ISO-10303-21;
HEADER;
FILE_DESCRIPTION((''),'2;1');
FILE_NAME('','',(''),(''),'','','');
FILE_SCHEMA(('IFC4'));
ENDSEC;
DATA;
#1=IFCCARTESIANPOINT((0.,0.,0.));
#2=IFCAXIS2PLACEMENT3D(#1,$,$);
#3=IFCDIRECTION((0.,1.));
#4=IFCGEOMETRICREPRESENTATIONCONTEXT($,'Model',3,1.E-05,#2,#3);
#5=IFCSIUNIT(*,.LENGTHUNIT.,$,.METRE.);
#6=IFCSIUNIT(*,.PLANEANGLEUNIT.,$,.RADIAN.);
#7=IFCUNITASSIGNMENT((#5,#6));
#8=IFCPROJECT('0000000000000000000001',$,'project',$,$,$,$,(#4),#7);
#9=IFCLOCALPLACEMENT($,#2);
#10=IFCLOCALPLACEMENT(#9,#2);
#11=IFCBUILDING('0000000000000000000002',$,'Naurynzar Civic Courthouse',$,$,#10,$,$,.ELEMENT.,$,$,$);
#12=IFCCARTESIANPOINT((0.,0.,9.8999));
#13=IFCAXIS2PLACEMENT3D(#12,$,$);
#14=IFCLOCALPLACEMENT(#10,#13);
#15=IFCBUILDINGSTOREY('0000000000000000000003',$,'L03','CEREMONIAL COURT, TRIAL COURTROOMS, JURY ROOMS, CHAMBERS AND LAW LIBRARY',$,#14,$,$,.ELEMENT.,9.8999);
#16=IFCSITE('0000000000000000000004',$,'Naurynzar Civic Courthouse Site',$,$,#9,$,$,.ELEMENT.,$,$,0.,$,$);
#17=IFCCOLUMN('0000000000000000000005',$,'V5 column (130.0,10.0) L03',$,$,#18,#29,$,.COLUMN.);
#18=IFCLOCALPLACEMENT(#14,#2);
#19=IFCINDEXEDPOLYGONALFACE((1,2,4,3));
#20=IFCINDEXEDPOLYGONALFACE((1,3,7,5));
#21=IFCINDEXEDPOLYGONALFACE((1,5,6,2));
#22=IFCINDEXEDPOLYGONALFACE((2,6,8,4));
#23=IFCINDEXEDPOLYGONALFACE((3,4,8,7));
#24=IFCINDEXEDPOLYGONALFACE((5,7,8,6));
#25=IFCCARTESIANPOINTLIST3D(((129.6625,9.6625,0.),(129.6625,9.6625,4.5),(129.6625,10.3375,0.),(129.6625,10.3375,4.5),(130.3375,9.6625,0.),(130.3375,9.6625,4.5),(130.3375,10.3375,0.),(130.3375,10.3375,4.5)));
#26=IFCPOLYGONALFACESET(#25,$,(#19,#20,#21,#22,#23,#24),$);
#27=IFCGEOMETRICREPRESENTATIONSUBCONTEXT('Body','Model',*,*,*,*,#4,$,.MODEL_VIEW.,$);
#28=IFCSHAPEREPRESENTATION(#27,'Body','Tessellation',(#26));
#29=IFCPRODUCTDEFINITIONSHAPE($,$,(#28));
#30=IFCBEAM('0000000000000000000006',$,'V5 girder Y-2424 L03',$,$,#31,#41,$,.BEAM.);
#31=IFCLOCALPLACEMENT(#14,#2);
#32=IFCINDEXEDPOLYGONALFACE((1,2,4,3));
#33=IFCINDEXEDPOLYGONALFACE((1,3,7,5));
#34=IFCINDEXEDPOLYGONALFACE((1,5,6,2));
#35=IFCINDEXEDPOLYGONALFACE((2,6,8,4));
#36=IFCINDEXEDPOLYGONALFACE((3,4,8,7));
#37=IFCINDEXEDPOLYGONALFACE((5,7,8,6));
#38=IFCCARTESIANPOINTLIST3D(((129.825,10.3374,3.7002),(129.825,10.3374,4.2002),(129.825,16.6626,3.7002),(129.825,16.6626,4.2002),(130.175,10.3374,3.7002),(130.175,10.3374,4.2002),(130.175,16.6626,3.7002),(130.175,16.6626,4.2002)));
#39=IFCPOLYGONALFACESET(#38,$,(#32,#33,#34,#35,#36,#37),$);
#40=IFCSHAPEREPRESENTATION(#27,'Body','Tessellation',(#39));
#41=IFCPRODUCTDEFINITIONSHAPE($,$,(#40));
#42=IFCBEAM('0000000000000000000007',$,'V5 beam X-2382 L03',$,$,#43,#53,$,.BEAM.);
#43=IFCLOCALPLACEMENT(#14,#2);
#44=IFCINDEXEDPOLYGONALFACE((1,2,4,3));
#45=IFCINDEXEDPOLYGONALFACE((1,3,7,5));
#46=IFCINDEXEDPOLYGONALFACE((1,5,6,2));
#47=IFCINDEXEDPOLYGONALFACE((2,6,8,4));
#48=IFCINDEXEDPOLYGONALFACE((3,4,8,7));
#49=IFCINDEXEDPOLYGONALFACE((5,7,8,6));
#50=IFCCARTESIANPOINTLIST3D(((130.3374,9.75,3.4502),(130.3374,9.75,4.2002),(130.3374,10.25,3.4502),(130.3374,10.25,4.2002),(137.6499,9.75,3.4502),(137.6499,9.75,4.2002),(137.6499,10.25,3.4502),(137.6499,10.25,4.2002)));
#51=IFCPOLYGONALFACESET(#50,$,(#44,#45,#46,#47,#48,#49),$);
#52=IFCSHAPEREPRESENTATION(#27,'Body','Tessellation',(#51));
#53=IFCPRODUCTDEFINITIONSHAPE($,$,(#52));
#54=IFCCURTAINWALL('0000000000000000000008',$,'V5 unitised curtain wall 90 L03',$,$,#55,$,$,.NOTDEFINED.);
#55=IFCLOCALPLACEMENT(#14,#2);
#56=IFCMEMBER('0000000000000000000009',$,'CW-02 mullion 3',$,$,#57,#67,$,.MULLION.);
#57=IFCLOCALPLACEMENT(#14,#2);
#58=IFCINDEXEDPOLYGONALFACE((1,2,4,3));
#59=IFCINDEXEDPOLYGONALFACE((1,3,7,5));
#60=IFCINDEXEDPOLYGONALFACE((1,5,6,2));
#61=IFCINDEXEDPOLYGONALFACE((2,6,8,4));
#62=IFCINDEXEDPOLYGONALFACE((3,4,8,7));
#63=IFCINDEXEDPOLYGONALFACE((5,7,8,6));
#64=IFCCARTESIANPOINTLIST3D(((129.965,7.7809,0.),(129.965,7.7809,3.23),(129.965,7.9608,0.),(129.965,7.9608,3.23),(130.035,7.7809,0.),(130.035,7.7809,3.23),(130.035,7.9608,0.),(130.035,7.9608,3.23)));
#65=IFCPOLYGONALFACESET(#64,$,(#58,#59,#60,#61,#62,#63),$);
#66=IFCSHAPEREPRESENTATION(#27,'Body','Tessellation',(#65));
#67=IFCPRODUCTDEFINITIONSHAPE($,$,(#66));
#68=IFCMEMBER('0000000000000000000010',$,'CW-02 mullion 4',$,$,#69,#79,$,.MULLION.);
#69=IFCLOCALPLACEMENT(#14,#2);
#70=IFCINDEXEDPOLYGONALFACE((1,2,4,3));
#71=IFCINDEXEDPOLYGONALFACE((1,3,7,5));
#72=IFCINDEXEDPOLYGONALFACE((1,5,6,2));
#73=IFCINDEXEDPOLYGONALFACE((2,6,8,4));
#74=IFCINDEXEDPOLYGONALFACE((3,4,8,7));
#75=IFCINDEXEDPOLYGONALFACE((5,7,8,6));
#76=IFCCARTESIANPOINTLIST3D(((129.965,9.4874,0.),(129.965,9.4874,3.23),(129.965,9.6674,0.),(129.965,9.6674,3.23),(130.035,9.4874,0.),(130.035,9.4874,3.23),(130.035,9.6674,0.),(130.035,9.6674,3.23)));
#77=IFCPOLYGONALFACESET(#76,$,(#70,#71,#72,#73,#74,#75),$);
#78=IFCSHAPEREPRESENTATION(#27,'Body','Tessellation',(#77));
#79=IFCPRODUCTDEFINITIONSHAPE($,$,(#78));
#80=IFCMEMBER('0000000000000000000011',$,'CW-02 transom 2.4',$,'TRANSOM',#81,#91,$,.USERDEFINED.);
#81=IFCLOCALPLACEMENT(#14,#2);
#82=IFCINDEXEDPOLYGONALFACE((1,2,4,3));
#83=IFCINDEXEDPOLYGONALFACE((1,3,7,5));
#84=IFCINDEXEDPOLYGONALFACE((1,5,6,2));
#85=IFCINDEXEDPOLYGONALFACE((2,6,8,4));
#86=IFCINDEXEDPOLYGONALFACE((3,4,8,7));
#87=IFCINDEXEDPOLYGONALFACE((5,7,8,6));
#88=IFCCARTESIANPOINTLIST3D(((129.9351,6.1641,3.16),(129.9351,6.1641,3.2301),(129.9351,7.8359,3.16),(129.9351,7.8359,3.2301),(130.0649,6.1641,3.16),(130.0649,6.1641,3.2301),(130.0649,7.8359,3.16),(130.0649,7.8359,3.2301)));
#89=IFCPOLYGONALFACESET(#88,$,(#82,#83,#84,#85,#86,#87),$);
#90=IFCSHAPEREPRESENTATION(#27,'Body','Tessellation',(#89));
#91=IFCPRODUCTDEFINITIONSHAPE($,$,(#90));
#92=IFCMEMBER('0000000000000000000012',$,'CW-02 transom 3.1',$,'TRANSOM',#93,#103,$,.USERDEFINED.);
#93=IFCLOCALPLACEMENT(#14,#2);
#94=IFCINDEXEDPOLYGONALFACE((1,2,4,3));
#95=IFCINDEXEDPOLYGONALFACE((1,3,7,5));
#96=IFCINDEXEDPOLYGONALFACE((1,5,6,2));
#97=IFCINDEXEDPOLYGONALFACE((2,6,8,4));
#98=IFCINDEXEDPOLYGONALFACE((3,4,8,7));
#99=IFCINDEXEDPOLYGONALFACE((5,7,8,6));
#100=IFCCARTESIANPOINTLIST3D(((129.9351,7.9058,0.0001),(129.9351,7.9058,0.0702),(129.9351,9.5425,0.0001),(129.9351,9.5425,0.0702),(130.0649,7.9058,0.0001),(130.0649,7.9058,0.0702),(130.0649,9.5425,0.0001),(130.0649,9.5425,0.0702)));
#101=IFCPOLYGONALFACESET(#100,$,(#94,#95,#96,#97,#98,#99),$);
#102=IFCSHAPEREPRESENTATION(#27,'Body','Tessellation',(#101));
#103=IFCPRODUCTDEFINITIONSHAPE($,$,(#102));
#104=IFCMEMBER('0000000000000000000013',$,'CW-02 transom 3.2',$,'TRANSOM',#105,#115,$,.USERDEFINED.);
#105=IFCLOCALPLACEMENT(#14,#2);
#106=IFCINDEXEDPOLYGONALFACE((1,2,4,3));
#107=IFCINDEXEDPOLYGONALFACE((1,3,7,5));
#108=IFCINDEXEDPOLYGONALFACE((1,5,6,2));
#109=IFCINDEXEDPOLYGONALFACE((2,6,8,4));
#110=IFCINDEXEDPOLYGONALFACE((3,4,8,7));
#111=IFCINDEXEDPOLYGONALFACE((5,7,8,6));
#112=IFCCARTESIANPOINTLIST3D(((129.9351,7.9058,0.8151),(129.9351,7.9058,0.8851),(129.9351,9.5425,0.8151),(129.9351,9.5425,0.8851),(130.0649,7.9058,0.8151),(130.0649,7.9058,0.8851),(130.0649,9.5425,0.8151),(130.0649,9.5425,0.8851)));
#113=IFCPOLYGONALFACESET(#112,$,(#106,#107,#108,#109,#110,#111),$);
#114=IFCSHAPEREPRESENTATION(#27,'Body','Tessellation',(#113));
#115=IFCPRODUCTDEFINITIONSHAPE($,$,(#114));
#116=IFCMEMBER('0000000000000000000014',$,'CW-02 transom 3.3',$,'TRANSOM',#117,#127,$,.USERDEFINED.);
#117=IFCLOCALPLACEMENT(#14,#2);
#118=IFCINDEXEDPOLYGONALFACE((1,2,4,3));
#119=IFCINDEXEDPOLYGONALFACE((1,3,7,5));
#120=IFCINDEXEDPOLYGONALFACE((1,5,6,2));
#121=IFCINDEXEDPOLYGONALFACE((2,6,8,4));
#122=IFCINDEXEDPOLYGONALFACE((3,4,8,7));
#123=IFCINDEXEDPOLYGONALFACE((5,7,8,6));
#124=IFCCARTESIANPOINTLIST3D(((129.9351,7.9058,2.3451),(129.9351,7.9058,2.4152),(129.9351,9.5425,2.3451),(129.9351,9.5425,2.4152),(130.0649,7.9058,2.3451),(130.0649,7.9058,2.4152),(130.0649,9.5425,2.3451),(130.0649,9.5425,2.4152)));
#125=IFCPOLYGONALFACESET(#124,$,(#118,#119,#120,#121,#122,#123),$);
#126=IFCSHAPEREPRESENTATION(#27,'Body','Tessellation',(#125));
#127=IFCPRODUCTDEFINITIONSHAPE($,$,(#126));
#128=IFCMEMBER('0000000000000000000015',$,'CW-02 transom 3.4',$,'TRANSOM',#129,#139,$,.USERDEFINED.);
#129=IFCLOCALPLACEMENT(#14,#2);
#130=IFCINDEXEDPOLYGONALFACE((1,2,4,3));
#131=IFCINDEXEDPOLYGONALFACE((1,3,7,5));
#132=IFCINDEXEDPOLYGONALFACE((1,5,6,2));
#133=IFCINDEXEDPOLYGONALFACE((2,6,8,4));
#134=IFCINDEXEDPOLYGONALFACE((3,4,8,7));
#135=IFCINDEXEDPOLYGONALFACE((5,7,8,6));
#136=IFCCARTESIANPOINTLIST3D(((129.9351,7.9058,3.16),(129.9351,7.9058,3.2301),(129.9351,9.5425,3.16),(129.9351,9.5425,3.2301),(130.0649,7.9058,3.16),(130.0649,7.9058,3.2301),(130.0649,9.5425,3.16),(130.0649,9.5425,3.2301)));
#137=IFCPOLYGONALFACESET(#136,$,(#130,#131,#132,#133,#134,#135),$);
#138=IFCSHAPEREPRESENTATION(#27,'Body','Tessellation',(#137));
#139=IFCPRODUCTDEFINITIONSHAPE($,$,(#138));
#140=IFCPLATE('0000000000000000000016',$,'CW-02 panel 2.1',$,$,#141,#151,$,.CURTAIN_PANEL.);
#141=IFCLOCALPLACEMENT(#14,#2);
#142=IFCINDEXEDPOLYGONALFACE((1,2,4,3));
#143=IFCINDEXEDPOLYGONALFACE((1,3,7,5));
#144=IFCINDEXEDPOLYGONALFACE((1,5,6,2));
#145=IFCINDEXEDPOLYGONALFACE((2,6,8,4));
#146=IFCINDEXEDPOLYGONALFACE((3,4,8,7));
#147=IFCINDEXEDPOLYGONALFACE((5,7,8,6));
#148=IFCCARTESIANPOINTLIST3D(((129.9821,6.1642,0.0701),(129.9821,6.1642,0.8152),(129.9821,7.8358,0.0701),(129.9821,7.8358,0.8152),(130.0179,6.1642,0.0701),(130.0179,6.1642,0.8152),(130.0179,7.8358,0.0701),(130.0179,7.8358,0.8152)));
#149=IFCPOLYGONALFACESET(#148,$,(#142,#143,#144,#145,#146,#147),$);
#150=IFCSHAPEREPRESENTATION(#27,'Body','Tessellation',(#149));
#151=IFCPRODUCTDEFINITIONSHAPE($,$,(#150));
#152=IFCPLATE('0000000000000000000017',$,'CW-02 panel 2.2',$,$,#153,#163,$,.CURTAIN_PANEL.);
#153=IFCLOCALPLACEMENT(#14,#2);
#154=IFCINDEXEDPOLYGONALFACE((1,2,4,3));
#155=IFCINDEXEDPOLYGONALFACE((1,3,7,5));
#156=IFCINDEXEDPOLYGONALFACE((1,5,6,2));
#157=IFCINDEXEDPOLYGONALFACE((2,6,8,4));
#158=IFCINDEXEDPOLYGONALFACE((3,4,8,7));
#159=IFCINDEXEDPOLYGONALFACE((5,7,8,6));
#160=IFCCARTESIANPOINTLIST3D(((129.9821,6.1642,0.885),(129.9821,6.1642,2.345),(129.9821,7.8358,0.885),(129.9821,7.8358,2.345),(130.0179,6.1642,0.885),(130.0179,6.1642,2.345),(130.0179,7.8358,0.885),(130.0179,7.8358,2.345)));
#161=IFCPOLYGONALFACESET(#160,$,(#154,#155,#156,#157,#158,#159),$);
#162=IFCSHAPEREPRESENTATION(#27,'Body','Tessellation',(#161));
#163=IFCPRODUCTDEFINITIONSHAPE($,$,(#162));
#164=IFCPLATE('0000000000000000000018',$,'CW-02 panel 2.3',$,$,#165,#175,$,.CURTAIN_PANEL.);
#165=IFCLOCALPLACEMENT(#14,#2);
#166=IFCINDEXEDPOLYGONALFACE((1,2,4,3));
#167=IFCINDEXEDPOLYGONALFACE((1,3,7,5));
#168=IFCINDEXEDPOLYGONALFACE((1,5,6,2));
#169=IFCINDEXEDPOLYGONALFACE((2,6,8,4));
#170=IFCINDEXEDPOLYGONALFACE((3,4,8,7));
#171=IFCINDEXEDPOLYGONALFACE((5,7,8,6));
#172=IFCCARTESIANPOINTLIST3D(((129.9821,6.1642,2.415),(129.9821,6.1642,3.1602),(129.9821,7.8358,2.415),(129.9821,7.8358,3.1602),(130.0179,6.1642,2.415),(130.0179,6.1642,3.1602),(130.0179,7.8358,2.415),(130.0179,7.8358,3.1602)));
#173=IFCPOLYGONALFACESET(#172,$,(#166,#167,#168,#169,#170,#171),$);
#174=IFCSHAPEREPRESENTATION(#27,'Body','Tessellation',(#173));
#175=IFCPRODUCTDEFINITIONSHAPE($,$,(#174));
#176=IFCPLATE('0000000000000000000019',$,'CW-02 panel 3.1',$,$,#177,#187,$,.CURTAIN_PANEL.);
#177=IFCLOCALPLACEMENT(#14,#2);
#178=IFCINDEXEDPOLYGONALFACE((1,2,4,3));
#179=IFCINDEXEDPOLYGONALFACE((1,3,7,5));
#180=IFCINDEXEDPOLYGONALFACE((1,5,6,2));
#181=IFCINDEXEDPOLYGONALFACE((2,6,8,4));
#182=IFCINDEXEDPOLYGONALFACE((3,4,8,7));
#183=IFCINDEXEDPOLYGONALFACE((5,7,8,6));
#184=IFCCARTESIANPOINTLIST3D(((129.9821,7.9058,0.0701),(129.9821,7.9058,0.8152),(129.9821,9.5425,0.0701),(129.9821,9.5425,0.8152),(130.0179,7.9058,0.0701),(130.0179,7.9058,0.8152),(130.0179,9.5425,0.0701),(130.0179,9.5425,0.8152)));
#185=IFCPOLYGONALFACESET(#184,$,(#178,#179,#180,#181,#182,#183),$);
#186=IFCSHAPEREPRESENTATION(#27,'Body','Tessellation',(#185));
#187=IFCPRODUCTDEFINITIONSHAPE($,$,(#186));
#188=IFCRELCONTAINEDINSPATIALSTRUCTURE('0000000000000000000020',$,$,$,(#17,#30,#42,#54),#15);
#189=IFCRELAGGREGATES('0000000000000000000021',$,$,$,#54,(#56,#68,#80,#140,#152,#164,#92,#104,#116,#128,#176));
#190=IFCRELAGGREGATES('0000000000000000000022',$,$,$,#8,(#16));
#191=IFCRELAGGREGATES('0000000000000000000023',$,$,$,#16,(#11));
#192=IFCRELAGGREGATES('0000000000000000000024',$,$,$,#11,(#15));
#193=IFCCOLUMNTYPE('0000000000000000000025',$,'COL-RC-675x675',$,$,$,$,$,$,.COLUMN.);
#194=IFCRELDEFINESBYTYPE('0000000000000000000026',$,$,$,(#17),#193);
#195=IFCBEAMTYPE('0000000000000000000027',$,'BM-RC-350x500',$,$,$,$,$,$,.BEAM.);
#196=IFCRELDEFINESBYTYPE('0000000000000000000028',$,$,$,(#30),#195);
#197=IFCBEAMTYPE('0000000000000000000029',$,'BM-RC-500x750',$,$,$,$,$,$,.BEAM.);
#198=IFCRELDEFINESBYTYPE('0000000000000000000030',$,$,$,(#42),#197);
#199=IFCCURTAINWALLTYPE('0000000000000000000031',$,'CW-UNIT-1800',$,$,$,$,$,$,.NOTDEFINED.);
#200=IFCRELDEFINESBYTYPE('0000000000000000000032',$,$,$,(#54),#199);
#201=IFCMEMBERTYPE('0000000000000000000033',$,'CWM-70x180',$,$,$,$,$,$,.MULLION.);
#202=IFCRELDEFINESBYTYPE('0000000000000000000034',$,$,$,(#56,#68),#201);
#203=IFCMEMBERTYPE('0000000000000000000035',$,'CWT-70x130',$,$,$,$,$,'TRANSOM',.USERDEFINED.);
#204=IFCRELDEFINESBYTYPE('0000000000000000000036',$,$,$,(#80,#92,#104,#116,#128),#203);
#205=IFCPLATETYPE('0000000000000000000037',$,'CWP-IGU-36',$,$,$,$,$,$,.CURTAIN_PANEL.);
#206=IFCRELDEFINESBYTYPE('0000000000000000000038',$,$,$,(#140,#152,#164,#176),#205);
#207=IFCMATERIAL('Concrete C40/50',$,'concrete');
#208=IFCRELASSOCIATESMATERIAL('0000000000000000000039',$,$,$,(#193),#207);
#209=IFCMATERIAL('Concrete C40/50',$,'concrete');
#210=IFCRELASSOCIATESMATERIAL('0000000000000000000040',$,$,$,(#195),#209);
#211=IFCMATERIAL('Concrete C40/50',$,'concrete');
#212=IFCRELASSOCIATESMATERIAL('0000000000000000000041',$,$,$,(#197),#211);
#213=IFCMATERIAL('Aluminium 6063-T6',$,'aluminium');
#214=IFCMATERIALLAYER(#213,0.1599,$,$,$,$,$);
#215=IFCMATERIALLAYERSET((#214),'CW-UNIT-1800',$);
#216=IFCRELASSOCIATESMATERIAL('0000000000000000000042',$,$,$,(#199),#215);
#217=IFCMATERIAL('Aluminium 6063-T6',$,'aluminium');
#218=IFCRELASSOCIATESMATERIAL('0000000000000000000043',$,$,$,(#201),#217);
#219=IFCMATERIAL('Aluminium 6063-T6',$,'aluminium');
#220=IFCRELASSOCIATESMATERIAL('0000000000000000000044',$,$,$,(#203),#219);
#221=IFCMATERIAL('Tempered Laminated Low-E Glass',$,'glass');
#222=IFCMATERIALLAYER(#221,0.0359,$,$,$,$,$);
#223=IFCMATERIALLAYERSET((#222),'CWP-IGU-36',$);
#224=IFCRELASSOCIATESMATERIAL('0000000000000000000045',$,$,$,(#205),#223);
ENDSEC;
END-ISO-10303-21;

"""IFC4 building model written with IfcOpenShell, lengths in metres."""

from ifc_helpers import new_model, si_unit, direction, frame, origin, origin_2d, place, context, subcontext, project, spatial, rectangle, extrude, material, layer, layer_set, material_profile, profile_set, type_object, element, aggregate, save


model = new_model("IFC4")

# Units and contexts
model_context = context("Model", 3, precision=1e-05, world=origin(), true_north=direction((0.0, 1.0)))
body_context = subcontext(model_context, "Body", "Model", "MODEL_VIEW")
ifc_project = project(units=[si_unit("LENGTHUNIT", "METRE"), si_unit("PLANEANGLEUNIT", "RADIAN")], contexts=[model_context])

# Site, building, storey
site_placement = place(None, origin())
site = spatial("IfcSite", under=ifc_project, at=site_placement, Name="Naurynzar Civic Courthouse Site", CompositionType="ELEMENT", RefElevation=0.0)
building_placement = place(site_placement, origin())
building = spatial("IfcBuilding", under=site, at=building_placement, Name="Naurynzar Civic Courthouse", CompositionType="ELEMENT")
storey_placement = place(building_placement, frame((0.0, 0.0, 9.8999)))
storey = spatial("IfcBuildingStorey", under=building, at=storey_placement, Name="L03", Description="CEREMONIAL COURT, TRIAL COURTROOMS, JURY ROOMS, CHAMBERS AND LAW LIBRARY", CompositionType="ELEMENT", Elevation=9.8999)

# Column
ifc_material_1 = material(Name="Concrete C40/50", Category="concrete")
ifc_material_profile_1 = material_profile(ifc_material_1, rectangle(XDim=0.675, YDim=0.675, at=origin_2d()), Name="RC 675x675")
ifc_profile_set_1 = profile_set([ifc_material_profile_1], Name="Concrete C40/50")
column_type = type_object("IfcColumnType", Name="COL-RC-675x675", PredefinedType="COLUMN", material=ifc_profile_set_1)
column_placement = place(storey_placement, frame((130.0, 10.0, 0.0), z_axis=(0.0, 0.0, 1.0), x_axis=(1.0, 0.0, 0.0)))
element("IfcColumn", 1, at=column_placement, inside=storey, type_object=column_type, Name="V5 column (130.0,10.0) L03", PredefinedType="COLUMN", context=body_context, shape_type="SweptSolid", body=[
    extrude(rectangle(XDim=0.675, YDim=0.675, at=origin_2d()), origin(), (0.0, 0.0, 1.0), 4.5),
])

# Beams
ifc_material_2 = material(Name="Concrete C40/50", Category="concrete")
ifc_material_profile_2 = material_profile(ifc_material_2, rectangle(XDim=0.3501, YDim=0.5, at=origin_2d()), Name="RCB 350x500")
ifc_profile_set_2 = profile_set([ifc_material_profile_2], Name="Concrete C40/50")
beam_type_1 = type_object("IfcBeamType", Name="BM-RC-350x500", PredefinedType="BEAM", material=ifc_profile_set_2)
beam_1_placement = place(storey_placement, frame((130.0, 10.3374, 3.9502), z_axis=(0.0, 1.0, 0.0), x_axis=(-1.0, 0.0, 0.0)))
element("IfcBeam", 2, at=beam_1_placement, inside=storey, type_object=beam_type_1, Name="V5 girder Y-2424 L03", PredefinedType="BEAM", context=body_context, shape_type="SweptSolid", body=[
    extrude(rectangle(XDim=0.3501, YDim=0.5, at=origin_2d()), origin(), (0.0, 0.0, 1.0), 6.3252),
])
ifc_material_3 = material(Name="Concrete C40/50", Category="concrete")
ifc_material_profile_3 = material_profile(ifc_material_3, rectangle(XDim=0.5, YDim=0.75, at=origin_2d()), Name="RCB 500x750")
ifc_profile_set_3 = profile_set([ifc_material_profile_3], Name="Concrete C40/50")
beam_type_2 = type_object("IfcBeamType", Name="BM-RC-500x750", PredefinedType="BEAM", material=ifc_profile_set_3)
beam_2_placement = place(storey_placement, frame((130.3374, 10.0, 3.8252), z_axis=(1.0, 0.0, 0.0), x_axis=(0.0, 1.0, 0.0)))
element("IfcBeam", 3, at=beam_2_placement, inside=storey, type_object=beam_type_2, Name="V5 beam X-2382 L03", PredefinedType="BEAM", context=body_context, shape_type="SweptSolid", body=[
    extrude(rectangle(XDim=0.5, YDim=0.75, at=origin_2d()), origin(), (0.0, 0.0, 1.0), 7.3125),
])

# Curtain wall, members, plates
ifc_material_4 = material(Name="Aluminium 6063-T6", Category="aluminium")
ifc_layer_1 = layer(ifc_material_4, 0.1599)
ifc_layer_set_1 = layer_set([ifc_layer_1], Name="CW-UNIT-1800")
curtain_wall_type = type_object("IfcCurtainWallType", Name="CW-UNIT-1800", PredefinedType="NOTDEFINED", material=ifc_layer_set_1)
curtain_wall_placement = place(storey_placement, origin())
curtain_wall = element("IfcCurtainWall", 4, at=curtain_wall_placement, inside=storey, type_object=curtain_wall_type, Name="V5 unitised curtain wall 90 L03", PredefinedType="NOTDEFINED")
ifc_material_5 = material(Name="Aluminium 6063-T6", Category="aluminium")
ifc_material_profile_4 = material_profile(ifc_material_5, rectangle(XDim=0.0701, YDim=0.1799, at=origin_2d()), Name="ALU MULLION 70x180")
ifc_profile_set_4 = profile_set([ifc_material_profile_4], Name="Aluminium 6063-T6")
member_type_1 = type_object("IfcMemberType", Name="CWM-70x180", PredefinedType="MULLION", material=ifc_profile_set_4)
member_1_placement = place(storey_placement, frame((130.0, 7.8708, 0.0), z_axis=(0.0, 0.0, 1.0), x_axis=(-1.0, 0.0, 0.0)))
member_1 = element("IfcMember", 5, at=member_1_placement, type_object=member_type_1, Name="CW-02 mullion 3", PredefinedType="MULLION", context=body_context, shape_type="SweptSolid", body=[
    extrude(rectangle(XDim=0.0701, YDim=0.1799, at=origin_2d()), origin(), (0.0, 0.0, 1.0), 3.23),
])
member_2_placement = place(storey_placement, frame((130.0, 9.5774, 0.0), z_axis=(0.0, 0.0, 1.0), x_axis=(-1.0, 0.0, 0.0)))
member_2 = element("IfcMember", 6, at=member_2_placement, type_object=member_type_1, Name="CW-02 mullion 4", PredefinedType="MULLION", context=body_context, shape_type="SweptSolid", body=[
    extrude(rectangle(XDim=0.0701, YDim=0.1799, at=origin_2d()), origin(), (0.0, 0.0, 1.0), 3.23),
])
ifc_material_6 = material(Name="Aluminium 6063-T6", Category="aluminium")
ifc_material_profile_5 = material_profile(ifc_material_6, rectangle(XDim=0.1299, YDim=0.0701, at=origin_2d()), Name="ALU TRANSOM 70x130")
ifc_profile_set_5 = profile_set([ifc_material_profile_5], Name="Aluminium 6063-T6")
member_type_2 = type_object("IfcMemberType", Name="CWT-70x130", ElementType="TRANSOM", PredefinedType="USERDEFINED", material=ifc_profile_set_5)
member_3_placement = place(storey_placement, frame((130.0, 6.1641, 3.1951), z_axis=(0.0, 1.0, 0.0), x_axis=(-1.0, 0.0, 0.0)))
member_3 = element("IfcMember", 7, at=member_3_placement, type_object=member_type_2, Name="CW-02 transom 2.4", ObjectType="TRANSOM", PredefinedType="USERDEFINED", context=body_context, shape_type="SweptSolid", body=[
    extrude(rectangle(XDim=0.1299, YDim=0.0701, at=origin_2d()), origin(), (0.0, 0.0, 1.0), 1.6719),
])
member_4_placement = place(storey_placement, frame((130.0, 7.9058, 0.0352), z_axis=(0.0, 1.0, 0.0), x_axis=(-1.0, 0.0, 0.0)))
member_4 = element("IfcMember", 8, at=member_4_placement, type_object=member_type_2, Name="CW-02 transom 3.1", ObjectType="TRANSOM", PredefinedType="USERDEFINED", context=body_context, shape_type="SweptSolid", body=[
    extrude(rectangle(XDim=0.1299, YDim=0.0701, at=origin_2d()), origin(), (0.0, 0.0, 1.0), 1.6367),
])
member_5_placement = place(storey_placement, frame((130.0, 7.9058, 0.8501), z_axis=(0.0, 1.0, 0.0), x_axis=(-1.0, 0.0, 0.0)))
member_5 = element("IfcMember", 9, at=member_5_placement, type_object=member_type_2, Name="CW-02 transom 3.2", ObjectType="TRANSOM", PredefinedType="USERDEFINED", context=body_context, shape_type="SweptSolid", body=[
    extrude(rectangle(XDim=0.1299, YDim=0.0701, at=origin_2d()), origin(), (0.0, 0.0, 1.0), 1.6367),
])
member_6_placement = place(storey_placement, frame((130.0, 7.9058, 2.3801), z_axis=(0.0, 1.0, 0.0), x_axis=(-1.0, 0.0, 0.0)))
member_6 = element("IfcMember", 10, at=member_6_placement, type_object=member_type_2, Name="CW-02 transom 3.3", ObjectType="TRANSOM", PredefinedType="USERDEFINED", context=body_context, shape_type="SweptSolid", body=[
    extrude(rectangle(XDim=0.1299, YDim=0.0701, at=origin_2d()), origin(), (0.0, 0.0, 1.0), 1.6367),
])
member_7_placement = place(storey_placement, frame((130.0, 7.9058, 3.1951), z_axis=(0.0, 1.0, 0.0), x_axis=(-1.0, 0.0, 0.0)))
member_7 = element("IfcMember", 11, at=member_7_placement, type_object=member_type_2, Name="CW-02 transom 3.4", ObjectType="TRANSOM", PredefinedType="USERDEFINED", context=body_context, shape_type="SweptSolid", body=[
    extrude(rectangle(XDim=0.1299, YDim=0.0701, at=origin_2d()), origin(), (0.0, 0.0, 1.0), 1.6367),
])
ifc_material_7 = material(Name="Tempered Laminated Low-E Glass", Category="glass")
ifc_layer_2 = layer(ifc_material_7, 0.0359)
ifc_layer_set_2 = layer_set([ifc_layer_2], Name="CWP-IGU-36")
plate_type = type_object("IfcPlateType", Name="CWP-IGU-36", PredefinedType="CURTAIN_PANEL", material=ifc_layer_set_2)
plate_1_placement = place(storey_placement, frame((130.0, 7.0, 0.0701), z_axis=(0.0, 0.0, 1.0), x_axis=(0.0, 1.0, 0.0)))
plate_1 = element("IfcPlate", 12, at=plate_1_placement, type_object=plate_type, Name="CW-02 panel 2.1", PredefinedType="CURTAIN_PANEL", context=body_context, shape_type="SweptSolid", body=[
    extrude(rectangle(XDim=1.6716, YDim=0.0359, at=origin_2d()), origin(), (0.0, 0.0, 1.0), 0.7451),
])
plate_2_placement = place(storey_placement, frame((130.0, 7.0, 0.885), z_axis=(0.0, 0.0, 1.0), x_axis=(0.0, 1.0, 0.0)))
plate_2 = element("IfcPlate", 13, at=plate_2_placement, type_object=plate_type, Name="CW-02 panel 2.2", PredefinedType="CURTAIN_PANEL", context=body_context, shape_type="SweptSolid", body=[
    extrude(rectangle(XDim=1.6716, YDim=0.0359, at=origin_2d()), origin(), (0.0, 0.0, 1.0), 1.46),
])
plate_3_placement = place(storey_placement, frame((130.0, 7.0, 2.415), z_axis=(0.0, 0.0, 1.0), x_axis=(0.0, 1.0, 0.0)))
plate_3 = element("IfcPlate", 14, at=plate_3_placement, type_object=plate_type, Name="CW-02 panel 2.3", PredefinedType="CURTAIN_PANEL", context=body_context, shape_type="SweptSolid", body=[
    extrude(rectangle(XDim=1.6716, YDim=0.0359, at=origin_2d()), origin(), (0.0, 0.0, 1.0), 0.7451),
])
plate_4_placement = place(storey_placement, frame((130.0, 8.7241, 0.0701), z_axis=(0.0, 0.0, 1.0), x_axis=(0.0, 1.0, 0.0)))
plate_4 = element("IfcPlate", 15, at=plate_4_placement, type_object=plate_type, Name="CW-02 panel 3.1", PredefinedType="CURTAIN_PANEL", context=body_context, shape_type="SweptSolid", body=[
    extrude(rectangle(XDim=1.6367, YDim=0.0359, at=origin_2d()), origin(), (0.0, 0.0, 1.0), 0.7451),
])
aggregate(curtain_wall, [member_1, member_2, member_3, plate_1, plate_2, plate_3, member_4, member_5, member_6, member_7, plate_4])

save(model, "model.ifc")
